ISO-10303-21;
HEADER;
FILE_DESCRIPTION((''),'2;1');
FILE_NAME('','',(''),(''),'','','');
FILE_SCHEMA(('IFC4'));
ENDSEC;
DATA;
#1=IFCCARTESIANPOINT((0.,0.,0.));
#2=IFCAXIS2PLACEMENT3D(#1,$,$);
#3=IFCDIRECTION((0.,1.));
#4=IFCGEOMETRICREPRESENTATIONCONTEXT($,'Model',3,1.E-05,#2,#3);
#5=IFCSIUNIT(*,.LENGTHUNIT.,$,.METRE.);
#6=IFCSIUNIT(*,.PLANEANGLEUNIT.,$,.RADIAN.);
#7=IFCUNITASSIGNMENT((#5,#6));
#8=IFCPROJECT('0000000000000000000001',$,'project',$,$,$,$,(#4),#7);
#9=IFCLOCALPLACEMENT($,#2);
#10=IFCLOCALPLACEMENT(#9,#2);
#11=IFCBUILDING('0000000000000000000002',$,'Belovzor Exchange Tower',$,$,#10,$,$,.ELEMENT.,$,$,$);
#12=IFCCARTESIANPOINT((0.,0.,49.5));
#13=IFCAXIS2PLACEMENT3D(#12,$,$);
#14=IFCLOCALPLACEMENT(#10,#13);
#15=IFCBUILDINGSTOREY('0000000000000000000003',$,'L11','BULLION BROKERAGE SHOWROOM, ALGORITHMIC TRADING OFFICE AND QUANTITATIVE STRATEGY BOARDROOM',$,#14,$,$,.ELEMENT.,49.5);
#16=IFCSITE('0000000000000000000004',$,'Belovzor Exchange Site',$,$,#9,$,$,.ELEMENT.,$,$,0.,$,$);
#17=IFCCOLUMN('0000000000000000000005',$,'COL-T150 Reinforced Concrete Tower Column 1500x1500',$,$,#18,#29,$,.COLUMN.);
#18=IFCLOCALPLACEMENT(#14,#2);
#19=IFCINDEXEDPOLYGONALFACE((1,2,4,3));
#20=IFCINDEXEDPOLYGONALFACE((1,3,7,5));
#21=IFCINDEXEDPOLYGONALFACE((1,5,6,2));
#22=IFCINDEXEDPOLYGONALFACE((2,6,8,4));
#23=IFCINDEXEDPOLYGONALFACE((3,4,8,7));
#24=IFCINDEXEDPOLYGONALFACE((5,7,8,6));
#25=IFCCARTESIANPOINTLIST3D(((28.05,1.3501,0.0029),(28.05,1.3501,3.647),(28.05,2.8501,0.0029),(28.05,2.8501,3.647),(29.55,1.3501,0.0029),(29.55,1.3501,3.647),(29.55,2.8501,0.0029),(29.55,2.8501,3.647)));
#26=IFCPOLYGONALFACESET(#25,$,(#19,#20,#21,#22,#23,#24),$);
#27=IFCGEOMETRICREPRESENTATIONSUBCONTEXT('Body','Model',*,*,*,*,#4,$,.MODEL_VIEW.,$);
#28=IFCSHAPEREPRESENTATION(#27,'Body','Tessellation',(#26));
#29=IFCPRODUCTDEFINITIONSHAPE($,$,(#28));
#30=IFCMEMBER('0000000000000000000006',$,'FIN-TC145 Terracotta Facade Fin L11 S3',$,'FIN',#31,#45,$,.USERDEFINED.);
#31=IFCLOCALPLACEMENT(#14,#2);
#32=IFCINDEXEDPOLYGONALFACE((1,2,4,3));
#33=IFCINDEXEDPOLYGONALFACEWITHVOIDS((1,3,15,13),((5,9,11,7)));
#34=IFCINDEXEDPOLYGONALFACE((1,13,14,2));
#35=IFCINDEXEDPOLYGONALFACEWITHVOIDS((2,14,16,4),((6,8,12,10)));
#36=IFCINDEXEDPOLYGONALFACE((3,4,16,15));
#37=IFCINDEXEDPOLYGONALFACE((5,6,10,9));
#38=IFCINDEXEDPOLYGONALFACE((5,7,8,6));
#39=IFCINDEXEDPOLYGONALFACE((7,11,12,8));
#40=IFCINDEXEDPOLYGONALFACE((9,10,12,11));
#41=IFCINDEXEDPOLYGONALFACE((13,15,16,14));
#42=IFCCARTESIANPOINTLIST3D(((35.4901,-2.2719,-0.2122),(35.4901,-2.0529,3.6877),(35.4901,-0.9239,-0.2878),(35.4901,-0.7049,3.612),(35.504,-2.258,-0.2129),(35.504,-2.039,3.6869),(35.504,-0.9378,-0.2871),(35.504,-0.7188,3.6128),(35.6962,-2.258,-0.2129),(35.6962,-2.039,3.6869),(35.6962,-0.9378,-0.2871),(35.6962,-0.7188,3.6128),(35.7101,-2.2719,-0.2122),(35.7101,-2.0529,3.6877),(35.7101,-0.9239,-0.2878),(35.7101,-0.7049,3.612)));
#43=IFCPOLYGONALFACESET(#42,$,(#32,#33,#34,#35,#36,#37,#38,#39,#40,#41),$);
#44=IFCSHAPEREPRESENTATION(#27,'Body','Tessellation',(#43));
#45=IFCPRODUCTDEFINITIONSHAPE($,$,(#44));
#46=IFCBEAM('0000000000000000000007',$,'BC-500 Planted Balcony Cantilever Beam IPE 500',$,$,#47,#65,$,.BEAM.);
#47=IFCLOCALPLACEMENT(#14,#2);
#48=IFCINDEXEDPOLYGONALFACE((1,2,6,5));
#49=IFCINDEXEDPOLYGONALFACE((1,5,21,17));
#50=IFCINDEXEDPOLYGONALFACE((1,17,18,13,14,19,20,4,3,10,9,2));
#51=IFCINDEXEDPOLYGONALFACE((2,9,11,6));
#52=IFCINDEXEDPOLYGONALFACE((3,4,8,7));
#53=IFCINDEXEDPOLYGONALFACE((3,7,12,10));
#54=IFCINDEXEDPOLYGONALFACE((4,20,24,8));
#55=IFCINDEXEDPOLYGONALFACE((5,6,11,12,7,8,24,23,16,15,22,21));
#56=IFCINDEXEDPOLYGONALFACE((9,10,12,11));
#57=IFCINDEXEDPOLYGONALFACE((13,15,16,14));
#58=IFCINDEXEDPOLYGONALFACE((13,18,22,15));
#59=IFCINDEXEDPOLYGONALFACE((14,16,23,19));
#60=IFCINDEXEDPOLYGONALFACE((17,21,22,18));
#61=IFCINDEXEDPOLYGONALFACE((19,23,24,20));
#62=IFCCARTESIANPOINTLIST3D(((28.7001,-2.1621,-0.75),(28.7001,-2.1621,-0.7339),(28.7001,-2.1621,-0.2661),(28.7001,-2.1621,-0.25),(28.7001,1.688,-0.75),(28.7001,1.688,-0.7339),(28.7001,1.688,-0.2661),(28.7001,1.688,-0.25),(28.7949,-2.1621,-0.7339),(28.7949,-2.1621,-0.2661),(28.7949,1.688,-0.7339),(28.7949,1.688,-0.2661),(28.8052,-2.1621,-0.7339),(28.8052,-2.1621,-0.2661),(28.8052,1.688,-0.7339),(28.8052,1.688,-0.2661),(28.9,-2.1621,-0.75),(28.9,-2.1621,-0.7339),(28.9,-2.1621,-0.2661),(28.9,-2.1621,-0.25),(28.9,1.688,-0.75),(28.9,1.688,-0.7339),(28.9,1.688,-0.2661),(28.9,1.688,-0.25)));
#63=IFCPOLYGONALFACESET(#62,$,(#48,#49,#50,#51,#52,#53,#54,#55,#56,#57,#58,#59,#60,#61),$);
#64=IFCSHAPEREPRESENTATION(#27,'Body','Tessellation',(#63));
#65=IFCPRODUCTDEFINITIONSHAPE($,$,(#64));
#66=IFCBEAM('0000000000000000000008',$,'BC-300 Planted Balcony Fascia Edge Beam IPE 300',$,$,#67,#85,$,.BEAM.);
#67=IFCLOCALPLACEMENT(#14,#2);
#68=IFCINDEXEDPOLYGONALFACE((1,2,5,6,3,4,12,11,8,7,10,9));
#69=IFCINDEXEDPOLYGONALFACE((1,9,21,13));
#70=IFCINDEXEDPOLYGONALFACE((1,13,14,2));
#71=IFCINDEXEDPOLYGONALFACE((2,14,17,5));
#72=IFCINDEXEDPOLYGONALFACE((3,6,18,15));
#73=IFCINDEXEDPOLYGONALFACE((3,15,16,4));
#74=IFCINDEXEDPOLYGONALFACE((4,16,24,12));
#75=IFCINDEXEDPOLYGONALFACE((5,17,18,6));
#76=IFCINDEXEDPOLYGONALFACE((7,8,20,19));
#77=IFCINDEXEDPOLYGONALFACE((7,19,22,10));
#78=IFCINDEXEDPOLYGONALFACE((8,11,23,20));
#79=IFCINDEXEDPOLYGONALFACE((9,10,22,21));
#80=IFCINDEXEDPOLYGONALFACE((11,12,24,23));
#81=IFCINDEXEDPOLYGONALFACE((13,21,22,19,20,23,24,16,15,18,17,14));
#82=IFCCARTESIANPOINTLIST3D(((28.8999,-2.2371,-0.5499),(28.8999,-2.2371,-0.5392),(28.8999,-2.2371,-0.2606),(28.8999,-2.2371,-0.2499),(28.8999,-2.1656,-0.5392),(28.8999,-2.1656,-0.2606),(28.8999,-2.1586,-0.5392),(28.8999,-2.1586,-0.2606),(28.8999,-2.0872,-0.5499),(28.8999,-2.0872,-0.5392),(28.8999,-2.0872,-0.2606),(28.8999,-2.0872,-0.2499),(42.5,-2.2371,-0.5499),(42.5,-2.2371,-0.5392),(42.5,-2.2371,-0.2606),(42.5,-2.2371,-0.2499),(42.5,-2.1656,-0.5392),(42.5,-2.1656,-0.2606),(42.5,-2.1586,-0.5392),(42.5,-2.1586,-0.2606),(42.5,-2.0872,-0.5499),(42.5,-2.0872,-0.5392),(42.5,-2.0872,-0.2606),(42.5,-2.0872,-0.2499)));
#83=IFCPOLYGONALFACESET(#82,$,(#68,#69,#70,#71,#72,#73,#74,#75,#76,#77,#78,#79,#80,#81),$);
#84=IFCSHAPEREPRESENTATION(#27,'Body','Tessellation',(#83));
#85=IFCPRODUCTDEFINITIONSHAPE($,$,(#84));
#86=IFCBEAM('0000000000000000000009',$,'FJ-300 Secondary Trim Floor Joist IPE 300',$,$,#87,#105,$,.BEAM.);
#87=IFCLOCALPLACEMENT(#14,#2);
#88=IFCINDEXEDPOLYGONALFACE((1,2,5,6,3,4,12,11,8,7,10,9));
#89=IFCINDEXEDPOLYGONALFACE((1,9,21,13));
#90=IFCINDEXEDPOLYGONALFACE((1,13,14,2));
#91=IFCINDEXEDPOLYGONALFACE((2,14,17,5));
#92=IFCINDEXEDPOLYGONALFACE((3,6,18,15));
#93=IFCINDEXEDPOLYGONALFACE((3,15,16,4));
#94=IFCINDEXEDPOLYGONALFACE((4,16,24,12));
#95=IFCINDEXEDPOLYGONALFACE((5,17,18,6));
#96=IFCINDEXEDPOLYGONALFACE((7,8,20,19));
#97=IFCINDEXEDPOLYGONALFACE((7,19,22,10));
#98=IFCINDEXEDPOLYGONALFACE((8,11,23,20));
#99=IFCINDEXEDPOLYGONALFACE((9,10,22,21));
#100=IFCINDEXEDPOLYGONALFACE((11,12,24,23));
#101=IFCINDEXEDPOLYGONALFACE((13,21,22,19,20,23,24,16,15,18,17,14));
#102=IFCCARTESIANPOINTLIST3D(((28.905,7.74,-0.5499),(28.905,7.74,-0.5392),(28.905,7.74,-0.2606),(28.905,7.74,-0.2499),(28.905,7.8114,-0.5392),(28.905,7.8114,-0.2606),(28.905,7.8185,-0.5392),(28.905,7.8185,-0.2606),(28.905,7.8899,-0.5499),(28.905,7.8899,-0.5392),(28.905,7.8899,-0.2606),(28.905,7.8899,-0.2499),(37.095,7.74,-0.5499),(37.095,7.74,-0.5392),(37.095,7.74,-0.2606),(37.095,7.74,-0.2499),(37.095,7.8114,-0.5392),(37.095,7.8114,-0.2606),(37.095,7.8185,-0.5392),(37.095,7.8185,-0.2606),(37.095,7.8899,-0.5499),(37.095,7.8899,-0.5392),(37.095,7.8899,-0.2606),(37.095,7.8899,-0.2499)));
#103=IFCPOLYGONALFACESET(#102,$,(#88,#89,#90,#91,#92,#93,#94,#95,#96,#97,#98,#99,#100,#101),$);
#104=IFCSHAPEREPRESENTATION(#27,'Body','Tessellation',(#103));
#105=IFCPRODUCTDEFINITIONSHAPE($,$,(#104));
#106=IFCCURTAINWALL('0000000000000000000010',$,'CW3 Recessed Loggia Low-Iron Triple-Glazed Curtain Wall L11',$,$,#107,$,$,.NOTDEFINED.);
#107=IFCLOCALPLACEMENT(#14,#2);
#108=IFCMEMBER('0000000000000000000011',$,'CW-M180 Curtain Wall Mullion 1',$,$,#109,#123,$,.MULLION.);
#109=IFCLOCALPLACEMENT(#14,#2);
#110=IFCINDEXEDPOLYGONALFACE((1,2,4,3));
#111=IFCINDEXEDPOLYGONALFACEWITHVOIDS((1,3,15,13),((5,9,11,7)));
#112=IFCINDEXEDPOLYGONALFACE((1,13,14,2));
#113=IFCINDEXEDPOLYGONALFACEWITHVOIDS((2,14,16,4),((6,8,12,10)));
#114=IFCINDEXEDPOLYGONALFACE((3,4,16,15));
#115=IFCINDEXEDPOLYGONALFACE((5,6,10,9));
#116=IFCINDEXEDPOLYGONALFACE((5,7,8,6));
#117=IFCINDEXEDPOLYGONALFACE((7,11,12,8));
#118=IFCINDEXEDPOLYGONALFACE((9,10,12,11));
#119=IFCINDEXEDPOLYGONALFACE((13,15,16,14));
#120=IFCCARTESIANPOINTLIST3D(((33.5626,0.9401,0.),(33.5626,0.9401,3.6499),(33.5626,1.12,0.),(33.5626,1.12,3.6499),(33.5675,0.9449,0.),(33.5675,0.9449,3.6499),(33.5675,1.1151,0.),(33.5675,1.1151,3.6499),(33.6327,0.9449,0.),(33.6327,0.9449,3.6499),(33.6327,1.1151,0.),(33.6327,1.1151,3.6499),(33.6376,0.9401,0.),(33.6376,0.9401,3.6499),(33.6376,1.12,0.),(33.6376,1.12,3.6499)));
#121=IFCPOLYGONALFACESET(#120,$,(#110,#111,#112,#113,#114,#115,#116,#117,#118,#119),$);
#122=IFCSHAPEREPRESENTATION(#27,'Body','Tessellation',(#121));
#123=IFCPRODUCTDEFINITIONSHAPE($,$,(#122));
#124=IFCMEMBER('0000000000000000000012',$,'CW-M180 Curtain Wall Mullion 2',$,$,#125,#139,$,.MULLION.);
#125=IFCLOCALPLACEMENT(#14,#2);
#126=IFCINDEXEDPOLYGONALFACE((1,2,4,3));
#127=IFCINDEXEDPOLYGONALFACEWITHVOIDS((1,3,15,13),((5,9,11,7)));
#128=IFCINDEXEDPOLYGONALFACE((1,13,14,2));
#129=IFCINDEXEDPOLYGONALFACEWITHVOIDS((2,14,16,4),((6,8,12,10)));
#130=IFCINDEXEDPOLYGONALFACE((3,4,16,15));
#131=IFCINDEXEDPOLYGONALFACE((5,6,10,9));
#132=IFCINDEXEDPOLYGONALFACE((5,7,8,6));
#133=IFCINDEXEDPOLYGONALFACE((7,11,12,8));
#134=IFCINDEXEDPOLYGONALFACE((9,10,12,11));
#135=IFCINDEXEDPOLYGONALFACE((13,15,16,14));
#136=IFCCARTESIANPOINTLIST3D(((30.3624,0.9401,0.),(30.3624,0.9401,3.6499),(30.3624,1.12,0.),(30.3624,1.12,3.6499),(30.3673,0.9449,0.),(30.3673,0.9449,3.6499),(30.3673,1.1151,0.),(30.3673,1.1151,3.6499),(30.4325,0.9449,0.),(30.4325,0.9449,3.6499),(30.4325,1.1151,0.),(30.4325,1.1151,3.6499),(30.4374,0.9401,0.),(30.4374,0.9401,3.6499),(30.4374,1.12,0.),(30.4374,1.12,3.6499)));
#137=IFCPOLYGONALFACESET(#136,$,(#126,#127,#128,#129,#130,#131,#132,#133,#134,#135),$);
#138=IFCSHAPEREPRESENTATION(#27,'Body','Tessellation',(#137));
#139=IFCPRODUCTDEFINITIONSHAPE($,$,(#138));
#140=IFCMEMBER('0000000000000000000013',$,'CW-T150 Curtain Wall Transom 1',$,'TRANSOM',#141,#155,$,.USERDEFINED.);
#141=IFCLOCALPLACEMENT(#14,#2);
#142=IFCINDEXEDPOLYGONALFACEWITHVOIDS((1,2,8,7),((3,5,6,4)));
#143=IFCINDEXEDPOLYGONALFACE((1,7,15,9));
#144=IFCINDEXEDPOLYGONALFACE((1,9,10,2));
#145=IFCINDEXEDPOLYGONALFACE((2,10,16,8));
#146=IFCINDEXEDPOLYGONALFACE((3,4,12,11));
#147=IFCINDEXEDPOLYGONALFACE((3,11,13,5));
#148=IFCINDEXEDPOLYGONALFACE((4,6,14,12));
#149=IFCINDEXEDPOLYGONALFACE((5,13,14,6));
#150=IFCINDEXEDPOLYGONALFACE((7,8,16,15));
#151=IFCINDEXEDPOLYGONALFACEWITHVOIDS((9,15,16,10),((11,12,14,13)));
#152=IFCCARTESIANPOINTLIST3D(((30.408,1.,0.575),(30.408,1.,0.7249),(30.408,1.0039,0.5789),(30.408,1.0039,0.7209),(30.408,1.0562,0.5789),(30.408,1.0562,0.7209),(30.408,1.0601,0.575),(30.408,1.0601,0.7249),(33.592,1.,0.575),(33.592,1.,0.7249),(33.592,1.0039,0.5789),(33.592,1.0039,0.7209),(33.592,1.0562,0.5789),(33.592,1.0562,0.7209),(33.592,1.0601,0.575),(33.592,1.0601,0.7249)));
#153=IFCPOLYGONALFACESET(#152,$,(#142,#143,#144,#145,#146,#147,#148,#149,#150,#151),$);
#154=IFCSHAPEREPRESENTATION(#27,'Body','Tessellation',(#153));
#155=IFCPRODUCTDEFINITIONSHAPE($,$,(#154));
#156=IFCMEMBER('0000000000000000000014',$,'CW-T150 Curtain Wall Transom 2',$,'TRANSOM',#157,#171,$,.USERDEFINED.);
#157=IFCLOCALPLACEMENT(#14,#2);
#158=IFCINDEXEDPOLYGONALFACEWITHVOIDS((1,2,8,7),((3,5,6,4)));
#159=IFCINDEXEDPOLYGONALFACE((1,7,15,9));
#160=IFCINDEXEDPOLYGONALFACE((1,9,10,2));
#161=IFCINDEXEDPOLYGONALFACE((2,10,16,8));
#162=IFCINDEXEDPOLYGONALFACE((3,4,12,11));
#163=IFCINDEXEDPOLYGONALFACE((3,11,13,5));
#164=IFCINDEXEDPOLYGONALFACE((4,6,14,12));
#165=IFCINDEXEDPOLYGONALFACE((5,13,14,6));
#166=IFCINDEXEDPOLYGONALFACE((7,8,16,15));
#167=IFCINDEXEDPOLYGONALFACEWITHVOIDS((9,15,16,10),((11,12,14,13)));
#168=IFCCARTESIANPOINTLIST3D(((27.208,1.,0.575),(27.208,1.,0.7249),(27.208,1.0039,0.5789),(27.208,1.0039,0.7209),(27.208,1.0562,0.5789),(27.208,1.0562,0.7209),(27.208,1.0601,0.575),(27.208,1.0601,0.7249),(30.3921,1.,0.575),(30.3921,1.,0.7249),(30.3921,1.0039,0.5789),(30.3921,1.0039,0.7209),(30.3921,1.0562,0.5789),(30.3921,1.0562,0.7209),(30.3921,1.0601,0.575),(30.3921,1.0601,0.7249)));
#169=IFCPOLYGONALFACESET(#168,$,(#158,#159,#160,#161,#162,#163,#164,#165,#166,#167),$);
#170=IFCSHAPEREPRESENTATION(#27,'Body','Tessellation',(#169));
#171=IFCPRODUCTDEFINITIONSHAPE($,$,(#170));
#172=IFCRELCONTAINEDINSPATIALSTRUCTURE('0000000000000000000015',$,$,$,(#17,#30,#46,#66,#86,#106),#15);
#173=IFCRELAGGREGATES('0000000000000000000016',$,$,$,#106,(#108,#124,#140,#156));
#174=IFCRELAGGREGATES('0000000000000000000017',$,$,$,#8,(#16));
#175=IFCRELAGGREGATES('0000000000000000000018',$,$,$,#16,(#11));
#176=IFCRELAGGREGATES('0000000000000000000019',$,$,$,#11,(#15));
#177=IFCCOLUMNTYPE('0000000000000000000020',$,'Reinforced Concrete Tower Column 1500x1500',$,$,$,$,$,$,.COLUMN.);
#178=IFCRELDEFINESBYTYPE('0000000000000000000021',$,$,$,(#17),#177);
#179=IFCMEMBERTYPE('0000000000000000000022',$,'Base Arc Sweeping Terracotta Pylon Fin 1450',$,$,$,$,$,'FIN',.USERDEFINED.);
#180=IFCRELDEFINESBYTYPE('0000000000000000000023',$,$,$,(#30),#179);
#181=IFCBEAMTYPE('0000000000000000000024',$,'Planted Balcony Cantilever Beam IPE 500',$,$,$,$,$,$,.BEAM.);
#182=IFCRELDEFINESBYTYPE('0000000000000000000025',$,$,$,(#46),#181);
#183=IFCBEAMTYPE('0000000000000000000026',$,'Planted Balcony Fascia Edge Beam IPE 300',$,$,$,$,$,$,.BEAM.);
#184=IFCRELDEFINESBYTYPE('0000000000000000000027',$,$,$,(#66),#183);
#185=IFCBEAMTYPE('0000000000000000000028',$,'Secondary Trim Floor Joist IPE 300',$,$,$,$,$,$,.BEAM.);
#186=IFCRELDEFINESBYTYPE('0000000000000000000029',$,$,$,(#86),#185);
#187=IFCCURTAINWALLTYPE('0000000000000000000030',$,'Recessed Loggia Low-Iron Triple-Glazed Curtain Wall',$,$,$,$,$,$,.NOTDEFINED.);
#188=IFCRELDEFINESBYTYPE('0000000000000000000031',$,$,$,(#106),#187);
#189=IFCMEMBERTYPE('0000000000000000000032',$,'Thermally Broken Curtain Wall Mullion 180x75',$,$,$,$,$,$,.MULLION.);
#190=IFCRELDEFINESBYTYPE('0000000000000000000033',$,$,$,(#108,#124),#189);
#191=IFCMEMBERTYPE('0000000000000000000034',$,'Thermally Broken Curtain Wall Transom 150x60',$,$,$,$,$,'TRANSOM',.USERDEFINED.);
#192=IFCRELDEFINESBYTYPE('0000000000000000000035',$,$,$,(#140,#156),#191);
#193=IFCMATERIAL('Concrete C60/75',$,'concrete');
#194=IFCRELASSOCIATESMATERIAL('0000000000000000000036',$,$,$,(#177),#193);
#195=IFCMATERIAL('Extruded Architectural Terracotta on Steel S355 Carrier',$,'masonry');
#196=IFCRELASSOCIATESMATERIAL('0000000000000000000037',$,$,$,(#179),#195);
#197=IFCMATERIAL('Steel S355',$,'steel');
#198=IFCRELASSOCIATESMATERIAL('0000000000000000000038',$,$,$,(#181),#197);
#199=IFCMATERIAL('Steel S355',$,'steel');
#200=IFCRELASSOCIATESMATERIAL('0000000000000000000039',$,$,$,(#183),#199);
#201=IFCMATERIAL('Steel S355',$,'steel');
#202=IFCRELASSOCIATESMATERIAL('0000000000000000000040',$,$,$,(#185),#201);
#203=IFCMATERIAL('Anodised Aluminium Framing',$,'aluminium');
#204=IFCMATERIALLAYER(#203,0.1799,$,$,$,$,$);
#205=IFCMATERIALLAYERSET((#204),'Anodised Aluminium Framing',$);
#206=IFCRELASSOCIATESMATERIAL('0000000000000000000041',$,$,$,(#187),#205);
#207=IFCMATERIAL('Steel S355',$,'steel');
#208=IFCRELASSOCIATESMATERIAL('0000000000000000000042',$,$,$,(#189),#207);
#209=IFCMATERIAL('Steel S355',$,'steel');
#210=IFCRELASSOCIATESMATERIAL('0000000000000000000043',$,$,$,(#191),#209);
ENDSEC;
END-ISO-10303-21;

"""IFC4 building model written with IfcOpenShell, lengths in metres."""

from ifc_helpers import new_model, si_unit, direction, frame, origin, origin_2d, place, context, subcontext, project, spatial, rectangle, hollow_rectangle, i_section, extrude, material, layer, layer_set, material_profile, profile_set, type_object, element, aggregate, save


model = new_model("IFC4")

# Units and contexts
model_context = context("Model", 3, precision=1e-05, world=origin(), true_north=direction((0.0, 1.0)))
body_context = subcontext(model_context, "Body", "Model", "MODEL_VIEW")
ifc_project = project(units=[si_unit("LENGTHUNIT", "METRE"), si_unit("PLANEANGLEUNIT", "RADIAN")], contexts=[model_context])

# Site, building, storey
site_placement = place(None, origin())
site = spatial("IfcSite", under=ifc_project, at=site_placement, Name="Belovzor Exchange Site", CompositionType="ELEMENT", RefElevation=0.0)
building_placement = place(site_placement, origin())
building = spatial("IfcBuilding", under=site, at=building_placement, Name="Belovzor Exchange Tower", CompositionType="ELEMENT")
storey_placement = place(building_placement, frame((0.0, 0.0, 49.5)))
storey = spatial("IfcBuildingStorey", under=building, at=storey_placement, Name="L11", Description="BULLION BROKERAGE SHOWROOM, ALGORITHMIC TRADING OFFICE AND QUANTITATIVE STRATEGY BOARDROOM", CompositionType="ELEMENT", Elevation=49.5)

# Column
ifc_material_1 = material(Name="Concrete C60/75", Category="concrete")
ifc_material_profile_1 = material_profile(ifc_material_1, rectangle(XDim=1.5, YDim=1.5, at=origin_2d()))
ifc_profile_set_1 = profile_set([ifc_material_profile_1], Name="Concrete C60/75")
column_type = type_object("IfcColumnType", Name="Reinforced Concrete Tower Column 1500x1500", PredefinedType="COLUMN", material=ifc_profile_set_1)
column_placement = place(storey_placement, frame((28.8, 2.1001, 0.0029), z_axis=(0.0, 0.0, 1.0), x_axis=(1.0, 0.0, 0.0)))
element("IfcColumn", 1, at=column_placement, inside=storey, type_object=column_type, Name="COL-T150 Reinforced Concrete Tower Column 1500x1500", PredefinedType="COLUMN", context=body_context, shape_type="SweptSolid", body=[
    extrude(rectangle(XDim=1.5, YDim=1.5, at=origin_2d()), origin(), (0.0, 0.0, 1.0), 3.644),
])

# Member
ifc_material_2 = material(Name="Extruded Architectural Terracotta on Steel S355 Carrier", Category="masonry")
ifc_material_profile_2 = material_profile(ifc_material_2, hollow_rectangle(XDim=0.22, YDim=1.3501, WallThickness=0.0139, at=origin_2d()))
ifc_profile_set_2 = profile_set([ifc_material_profile_2], Name="Extruded Architectural Terracotta on Steel S355 Carrier")
member_type_1 = type_object("IfcMemberType", Name="Base Arc Sweeping Terracotta Pylon Fin 1450", ElementType="FIN", PredefinedType="USERDEFINED", material=ifc_profile_set_2)
member_1_placement = place(storey_placement, frame((35.6001, -1.5979, -0.25), z_axis=(0.0, 0.056065, 0.998427), x_axis=(-1.0, 0.0, 0.0)))
element("IfcMember", 2, at=member_1_placement, inside=storey, type_object=member_type_1, Name="FIN-TC145 Terracotta Facade Fin L11 S3", ObjectType="FIN", PredefinedType="USERDEFINED", context=body_context, shape_type="SweptSolid", body=[
    extrude(hollow_rectangle(XDim=0.22, YDim=1.3501, WallThickness=0.0139, at=origin_2d()), origin(), (0.0, 0.0, 1.0), 3.906),
])

# Beams
ifc_material_3 = material(Name="Steel S355", Category="steel")
ifc_material_profile_3 = material_profile(ifc_material_3, i_section(OverallWidth=0.2, OverallDepth=0.5, WebThickness=0.0103, FlangeThickness=0.0161, at=origin_2d()))
ifc_profile_set_3 = profile_set([ifc_material_profile_3], Name="Steel S355")
beam_type_1 = type_object("IfcBeamType", Name="Planted Balcony Cantilever Beam IPE 500", PredefinedType="BEAM", material=ifc_profile_set_3)
beam_1_placement = place(storey_placement, frame((28.8, 1.688, -0.5), z_axis=(0.0, -1.0, 0.0), x_axis=(1.0, 0.0, 0.0)))
element("IfcBeam", 3, at=beam_1_placement, inside=storey, type_object=beam_type_1, Name="BC-500 Planted Balcony Cantilever Beam IPE 500", PredefinedType="BEAM", context=body_context, shape_type="SweptSolid", body=[
    extrude(i_section(OverallWidth=0.2, OverallDepth=0.5, WebThickness=0.0103, FlangeThickness=0.0161, at=origin_2d()), origin(), (0.0, 0.0, 1.0), 3.8501),
])
ifc_material_4 = material(Name="Steel S355", Category="steel")
ifc_material_profile_4 = material_profile(ifc_material_4, i_section(OverallWidth=0.1499, OverallDepth=0.3, WebThickness=0.0071, FlangeThickness=0.0107, at=origin_2d()))
ifc_profile_set_4 = profile_set([ifc_material_profile_4], Name="Steel S355")
beam_type_2 = type_object("IfcBeamType", Name="Planted Balcony Fascia Edge Beam IPE 300", PredefinedType="BEAM", material=ifc_profile_set_4)
beam_2_placement = place(storey_placement, frame((28.8999, -2.1621, -0.3999), z_axis=(1.0, 0.0, 0.0), x_axis=(0.0, 1.0, 0.0)))
element("IfcBeam", 4, at=beam_2_placement, inside=storey, type_object=beam_type_2, Name="BC-300 Planted Balcony Fascia Edge Beam IPE 300", PredefinedType="BEAM", context=body_context, shape_type="SweptSolid", body=[
    extrude(i_section(OverallWidth=0.1499, OverallDepth=0.3, WebThickness=0.0071, FlangeThickness=0.0107, at=origin_2d()), origin(), (0.0, 0.0, 1.0), 13.6001),
])
ifc_material_5 = material(Name="Steel S355", Category="steel")
ifc_material_profile_5 = material_profile(ifc_material_5, i_section(OverallWidth=0.1499, OverallDepth=0.3, WebThickness=0.0071, FlangeThickness=0.0107, at=origin_2d()))
ifc_profile_set_5 = profile_set([ifc_material_profile_5], Name="Steel S355")
beam_type_3 = type_object("IfcBeamType", Name="Secondary Trim Floor Joist IPE 300", PredefinedType="BEAM", material=ifc_profile_set_5)
beam_3_placement = place(storey_placement, frame((28.905, 7.8149, -0.3999), z_axis=(1.0, 0.0, 0.0), x_axis=(0.0, 1.0, 0.0)))
element("IfcBeam", 5, at=beam_3_placement, inside=storey, type_object=beam_type_3, Name="FJ-300 Secondary Trim Floor Joist IPE 300", PredefinedType="BEAM", context=body_context, shape_type="SweptSolid", body=[
    extrude(i_section(OverallWidth=0.1499, OverallDepth=0.3, WebThickness=0.0071, FlangeThickness=0.0107, at=origin_2d()), origin(), (0.0, 0.0, 1.0), 8.1899),
])

# Curtain wall, members
ifc_material_6 = material(Name="Anodised Aluminium Framing", Category="aluminium")
ifc_layer_1 = layer(ifc_material_6, 0.1799)
ifc_layer_set_1 = layer_set([ifc_layer_1], Name="Anodised Aluminium Framing")
curtain_wall_type = type_object("IfcCurtainWallType", Name="Recessed Loggia Low-Iron Triple-Glazed Curtain Wall", PredefinedType="NOTDEFINED", material=ifc_layer_set_1)
curtain_wall_placement = place(storey_placement, origin())
curtain_wall = element("IfcCurtainWall", 6, at=curtain_wall_placement, inside=storey, type_object=curtain_wall_type, Name="CW3 Recessed Loggia Low-Iron Triple-Glazed Curtain Wall L11", PredefinedType="NOTDEFINED")
ifc_material_7 = material(Name="Steel S355", Category="steel")
ifc_material_profile_6 = material_profile(ifc_material_7, hollow_rectangle(XDim=0.075, YDim=0.1799, WallThickness=0.0049, at=origin_2d()))
ifc_profile_set_6 = profile_set([ifc_material_profile_6], Name="Steel S355")
member_type_2 = type_object("IfcMemberType", Name="Thermally Broken Curtain Wall Mullion 180x75", PredefinedType="MULLION", material=ifc_profile_set_6)
member_2_placement = place(storey_placement, frame((33.6001, 1.03, 0.0), z_axis=(0.0, 0.0, 1.0), x_axis=(-1.0, 0.0, 0.0)))
member_2 = element("IfcMember", 7, at=member_2_placement, type_object=member_type_2, Name="CW-M180 Curtain Wall Mullion 1", PredefinedType="MULLION", context=body_context, shape_type="SweptSolid", body=[
    extrude(hollow_rectangle(XDim=0.075, YDim=0.1799, WallThickness=0.0049, at=origin_2d()), origin(), (0.0, 0.0, 1.0), 3.6499),
])
member_3_placement = place(storey_placement, frame((30.3999, 1.03, 0.0), z_axis=(0.0, 0.0, 1.0), x_axis=(-1.0, 0.0, 0.0)))
member_3 = element("IfcMember", 8, at=member_3_placement, type_object=member_type_2, Name="CW-M180 Curtain Wall Mullion 2", PredefinedType="MULLION", context=body_context, shape_type="SweptSolid", body=[
    extrude(hollow_rectangle(XDim=0.075, YDim=0.1799, WallThickness=0.0049, at=origin_2d()), origin(), (0.0, 0.0, 1.0), 3.6499),
])
ifc_material_8 = material(Name="Steel S355", Category="steel")
ifc_material_profile_7 = material_profile(ifc_material_8, hollow_rectangle(XDim=0.0601, YDim=0.1499, WallThickness=0.0039, at=origin_2d()))
ifc_profile_set_7 = profile_set([ifc_material_profile_7], Name="Steel S355")
member_type_3 = type_object("IfcMemberType", Name="Thermally Broken Curtain Wall Transom 150x60", ElementType="TRANSOM", PredefinedType="USERDEFINED", material=ifc_profile_set_7)
member_4_placement = place(storey_placement, frame((33.592, 1.03, 0.6499), z_axis=(-1.0, 0.0, 0.0), x_axis=(0.0, -1.0, 0.0)))
member_4 = element("IfcMember", 9, at=member_4_placement, type_object=member_type_3, Name="CW-T150 Curtain Wall Transom 1", ObjectType="TRANSOM", PredefinedType="USERDEFINED", context=body_context, shape_type="SweptSolid", body=[
    extrude(hollow_rectangle(XDim=0.0601, YDim=0.1499, WallThickness=0.0039, at=origin_2d()), origin(), (0.0, 0.0, 1.0), 3.1841),
])
member_5_placement = place(storey_placement, frame((30.3921, 1.03, 0.6499), z_axis=(-1.0, 0.0, 0.0), x_axis=(0.0, -1.0, 0.0)))
member_5 = element("IfcMember", 10, at=member_5_placement, type_object=member_type_3, Name="CW-T150 Curtain Wall Transom 2", ObjectType="TRANSOM", PredefinedType="USERDEFINED", context=body_context, shape_type="SweptSolid", body=[
    extrude(hollow_rectangle(XDim=0.0601, YDim=0.1499, WallThickness=0.0039, at=origin_2d()), origin(), (0.0, 0.0, 1.0), 3.1841),
])

aggregate(curtain_wall, [member_2, member_3, member_4, member_5])

save(model, "model.ifc")
